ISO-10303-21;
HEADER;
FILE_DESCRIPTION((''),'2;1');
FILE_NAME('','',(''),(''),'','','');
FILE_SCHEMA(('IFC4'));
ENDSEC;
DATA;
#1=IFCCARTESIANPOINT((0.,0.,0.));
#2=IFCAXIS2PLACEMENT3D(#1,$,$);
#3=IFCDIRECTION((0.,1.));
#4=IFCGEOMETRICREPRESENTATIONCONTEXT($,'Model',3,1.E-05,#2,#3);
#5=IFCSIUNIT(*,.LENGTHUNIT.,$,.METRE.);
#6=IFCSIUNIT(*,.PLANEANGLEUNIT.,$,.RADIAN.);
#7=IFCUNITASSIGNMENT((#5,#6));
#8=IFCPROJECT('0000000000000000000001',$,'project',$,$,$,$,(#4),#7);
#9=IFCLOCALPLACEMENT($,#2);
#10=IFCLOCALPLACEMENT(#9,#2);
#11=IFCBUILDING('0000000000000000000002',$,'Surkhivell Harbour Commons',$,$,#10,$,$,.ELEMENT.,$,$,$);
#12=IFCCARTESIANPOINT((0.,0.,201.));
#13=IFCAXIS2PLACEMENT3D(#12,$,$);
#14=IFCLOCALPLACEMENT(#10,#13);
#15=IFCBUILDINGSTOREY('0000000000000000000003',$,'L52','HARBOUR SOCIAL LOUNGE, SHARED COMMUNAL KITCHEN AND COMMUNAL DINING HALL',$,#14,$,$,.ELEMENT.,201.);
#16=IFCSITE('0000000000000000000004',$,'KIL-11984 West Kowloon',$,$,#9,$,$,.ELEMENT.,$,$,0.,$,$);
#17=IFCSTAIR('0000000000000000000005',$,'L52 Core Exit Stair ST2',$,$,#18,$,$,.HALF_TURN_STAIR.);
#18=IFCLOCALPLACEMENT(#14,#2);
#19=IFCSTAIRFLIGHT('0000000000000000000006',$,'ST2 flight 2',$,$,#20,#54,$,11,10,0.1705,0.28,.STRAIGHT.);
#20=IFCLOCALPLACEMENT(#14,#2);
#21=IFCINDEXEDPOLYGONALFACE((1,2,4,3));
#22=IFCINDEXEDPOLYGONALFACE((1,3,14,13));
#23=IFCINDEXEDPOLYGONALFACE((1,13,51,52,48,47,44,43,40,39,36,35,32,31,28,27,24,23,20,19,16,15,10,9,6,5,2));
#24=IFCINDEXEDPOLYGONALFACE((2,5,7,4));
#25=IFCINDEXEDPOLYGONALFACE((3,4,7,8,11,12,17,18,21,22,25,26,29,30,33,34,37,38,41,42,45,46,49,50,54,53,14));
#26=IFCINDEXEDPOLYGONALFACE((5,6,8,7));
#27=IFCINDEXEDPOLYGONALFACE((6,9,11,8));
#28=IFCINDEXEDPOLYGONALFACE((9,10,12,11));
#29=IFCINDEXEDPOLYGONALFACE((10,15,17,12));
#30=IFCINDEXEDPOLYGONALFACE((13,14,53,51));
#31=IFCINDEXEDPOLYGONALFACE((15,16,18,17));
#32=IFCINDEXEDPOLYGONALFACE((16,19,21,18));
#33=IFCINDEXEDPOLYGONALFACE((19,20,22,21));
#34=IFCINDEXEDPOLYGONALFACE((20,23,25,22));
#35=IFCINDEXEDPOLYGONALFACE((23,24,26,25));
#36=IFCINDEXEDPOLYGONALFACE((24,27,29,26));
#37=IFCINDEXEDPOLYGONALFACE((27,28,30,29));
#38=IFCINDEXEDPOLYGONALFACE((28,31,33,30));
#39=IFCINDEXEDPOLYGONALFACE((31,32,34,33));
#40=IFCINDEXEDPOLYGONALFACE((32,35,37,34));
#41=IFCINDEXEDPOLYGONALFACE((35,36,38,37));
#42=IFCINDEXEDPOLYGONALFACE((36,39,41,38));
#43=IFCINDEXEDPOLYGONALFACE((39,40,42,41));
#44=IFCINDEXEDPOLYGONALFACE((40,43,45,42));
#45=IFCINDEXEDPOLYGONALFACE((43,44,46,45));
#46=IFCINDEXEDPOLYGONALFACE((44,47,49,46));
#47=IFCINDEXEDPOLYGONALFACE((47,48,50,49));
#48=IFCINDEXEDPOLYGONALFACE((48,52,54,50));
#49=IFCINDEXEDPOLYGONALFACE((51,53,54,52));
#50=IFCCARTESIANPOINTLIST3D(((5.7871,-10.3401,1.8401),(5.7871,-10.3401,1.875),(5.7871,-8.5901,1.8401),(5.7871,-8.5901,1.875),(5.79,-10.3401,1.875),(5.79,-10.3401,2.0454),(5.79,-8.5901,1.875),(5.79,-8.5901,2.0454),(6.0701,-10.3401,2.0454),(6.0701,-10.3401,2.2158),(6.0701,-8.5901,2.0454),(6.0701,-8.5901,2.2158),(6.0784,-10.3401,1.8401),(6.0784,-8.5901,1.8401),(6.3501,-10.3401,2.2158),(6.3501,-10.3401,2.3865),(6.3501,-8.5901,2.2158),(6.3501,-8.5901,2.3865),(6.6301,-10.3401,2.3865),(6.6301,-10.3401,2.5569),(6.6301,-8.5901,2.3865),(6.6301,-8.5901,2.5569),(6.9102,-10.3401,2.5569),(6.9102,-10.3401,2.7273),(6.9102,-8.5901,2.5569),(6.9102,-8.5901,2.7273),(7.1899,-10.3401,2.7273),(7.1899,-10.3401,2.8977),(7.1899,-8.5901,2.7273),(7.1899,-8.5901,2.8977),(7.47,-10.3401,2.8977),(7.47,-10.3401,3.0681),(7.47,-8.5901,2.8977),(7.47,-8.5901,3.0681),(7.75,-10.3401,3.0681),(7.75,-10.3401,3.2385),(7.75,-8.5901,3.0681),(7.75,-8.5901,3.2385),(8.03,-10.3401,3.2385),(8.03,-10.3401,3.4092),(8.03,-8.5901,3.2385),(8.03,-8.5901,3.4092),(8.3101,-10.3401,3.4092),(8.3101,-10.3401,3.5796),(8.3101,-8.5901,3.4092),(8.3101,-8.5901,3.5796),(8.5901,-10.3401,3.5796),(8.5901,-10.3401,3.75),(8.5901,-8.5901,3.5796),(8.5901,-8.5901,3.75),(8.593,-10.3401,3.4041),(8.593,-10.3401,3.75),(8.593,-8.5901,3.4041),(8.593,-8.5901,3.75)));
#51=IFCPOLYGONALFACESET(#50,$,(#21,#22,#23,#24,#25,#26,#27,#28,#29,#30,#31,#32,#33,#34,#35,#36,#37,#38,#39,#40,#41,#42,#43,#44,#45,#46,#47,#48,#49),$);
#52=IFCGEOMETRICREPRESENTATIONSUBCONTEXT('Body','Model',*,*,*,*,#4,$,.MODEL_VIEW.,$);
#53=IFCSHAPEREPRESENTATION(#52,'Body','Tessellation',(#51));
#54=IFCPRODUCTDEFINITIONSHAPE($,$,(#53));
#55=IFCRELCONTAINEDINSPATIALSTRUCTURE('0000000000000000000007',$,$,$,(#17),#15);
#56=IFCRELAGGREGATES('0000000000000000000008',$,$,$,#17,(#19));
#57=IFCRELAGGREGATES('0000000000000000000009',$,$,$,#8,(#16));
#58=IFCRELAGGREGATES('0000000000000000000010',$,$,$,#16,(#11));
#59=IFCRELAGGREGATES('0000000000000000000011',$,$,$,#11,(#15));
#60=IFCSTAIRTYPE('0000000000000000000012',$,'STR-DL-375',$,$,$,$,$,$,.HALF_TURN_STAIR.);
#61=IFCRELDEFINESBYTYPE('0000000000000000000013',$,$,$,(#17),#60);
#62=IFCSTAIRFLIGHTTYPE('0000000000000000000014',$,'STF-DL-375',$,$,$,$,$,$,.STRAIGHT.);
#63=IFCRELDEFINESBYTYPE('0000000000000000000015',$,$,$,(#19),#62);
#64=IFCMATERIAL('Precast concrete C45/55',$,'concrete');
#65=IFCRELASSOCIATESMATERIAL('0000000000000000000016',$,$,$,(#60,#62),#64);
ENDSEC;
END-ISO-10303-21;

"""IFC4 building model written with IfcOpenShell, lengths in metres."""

from ifc_helpers import new_model, si_unit, direction, frame, origin, place, context, subcontext, project, spatial, polyline, outline, extrude, material, type_object, element, aggregate, save


model = new_model("IFC4")

# Units and contexts
model_context = context("Model", 3, precision=1e-05, world=origin(), true_north=direction((0.0, 1.0)))
body_context = subcontext(model_context, "Body", "Model", "MODEL_VIEW")
ifc_project = project(units=[si_unit("LENGTHUNIT", "METRE"), si_unit("PLANEANGLEUNIT", "RADIAN")], contexts=[model_context])

# Site, building, storey
site_placement = place(None, origin())
site = spatial("IfcSite", under=ifc_project, at=site_placement, Name="KIL-11984 West Kowloon", CompositionType="ELEMENT", RefElevation=0.0)
building_placement = place(site_placement, origin())
building = spatial("IfcBuilding", under=site, at=building_placement, Name="Surkhivell Harbour Commons", CompositionType="ELEMENT")
storey_placement = place(building_placement, frame((0.0, 0.0, 201.0)))
storey = spatial("IfcBuildingStorey", under=building, at=storey_placement, Name="L52", Description="HARBOUR SOCIAL LOUNGE, SHARED COMMUNAL KITCHEN AND COMMUNAL DINING HALL", CompositionType="ELEMENT", Elevation=201.0)

# Stair, stair flight
ifc_material_1 = material(Name="Precast concrete C45/55", Category="concrete")
stair_type = type_object("IfcStairType", Name="STR-DL-375", PredefinedType="HALF_TURN_STAIR", material=ifc_material_1)
stair_placement = place(storey_placement, origin())
stair = element("IfcStair", 1, at=stair_placement, inside=storey, type_object=stair_type, Name="L52 Core Exit Stair ST2", PredefinedType="HALF_TURN_STAIR")
stair_flight_type = type_object("IfcStairFlightType", Name="STF-DL-375", PredefinedType="STRAIGHT", material=ifc_material_1)
stair_flight_placement = place(storey_placement, frame((5.79, -9.4651, 1.875), z_axis=(0.0, 0.0, 1.0), x_axis=(1.0, 0.0, 0.0)))
stair_flight = element("IfcStairFlight", 2, at=stair_flight_placement, type_object=stair_flight_type, Name="ST2 flight 2", NumberOfRisers=11, NumberOfTreads=10, PredefinedType="STRAIGHT", RiserHeight=0.1705, TreadLength=0.28, context=body_context, shape_type="SweptSolid", body=[
    extrude(outline(polyline([(-0.0029, -0.0349), (-0.0029, 0.0), (0.0, 0.0), (0.0, 0.1704), (0.28, 0.1704), (0.28, 0.3408), (0.5601, 0.3408), (0.5601, 0.5115), (0.8401, 0.5115), (0.8401, 0.6819), (1.1201, 0.6819), (1.1201, 0.8523), (1.3999, 0.8523), (1.3999, 1.0227), (1.6799, 1.0227), (1.6799, 1.1931), (1.96, 1.1931), (1.96, 1.3635), (2.24, 1.3635), (2.24, 1.5342), (2.52, 1.5342), (2.52, 1.7046), (2.8, 1.7046), (2.8, 1.875), (2.803, 1.875), (2.803, 1.5291), (0.2883, -0.0349), (-0.0029, -0.0349)])), frame((0.0, 0.875, 0.0), z_axis=(0.0, -1.0, 0.0), x_axis=(1.0, 0.0, 0.0)), (0.0, 0.0, 1.0), 1.75),
])
aggregate(stair, [stair_flight])

save(model, "model.ifc")
